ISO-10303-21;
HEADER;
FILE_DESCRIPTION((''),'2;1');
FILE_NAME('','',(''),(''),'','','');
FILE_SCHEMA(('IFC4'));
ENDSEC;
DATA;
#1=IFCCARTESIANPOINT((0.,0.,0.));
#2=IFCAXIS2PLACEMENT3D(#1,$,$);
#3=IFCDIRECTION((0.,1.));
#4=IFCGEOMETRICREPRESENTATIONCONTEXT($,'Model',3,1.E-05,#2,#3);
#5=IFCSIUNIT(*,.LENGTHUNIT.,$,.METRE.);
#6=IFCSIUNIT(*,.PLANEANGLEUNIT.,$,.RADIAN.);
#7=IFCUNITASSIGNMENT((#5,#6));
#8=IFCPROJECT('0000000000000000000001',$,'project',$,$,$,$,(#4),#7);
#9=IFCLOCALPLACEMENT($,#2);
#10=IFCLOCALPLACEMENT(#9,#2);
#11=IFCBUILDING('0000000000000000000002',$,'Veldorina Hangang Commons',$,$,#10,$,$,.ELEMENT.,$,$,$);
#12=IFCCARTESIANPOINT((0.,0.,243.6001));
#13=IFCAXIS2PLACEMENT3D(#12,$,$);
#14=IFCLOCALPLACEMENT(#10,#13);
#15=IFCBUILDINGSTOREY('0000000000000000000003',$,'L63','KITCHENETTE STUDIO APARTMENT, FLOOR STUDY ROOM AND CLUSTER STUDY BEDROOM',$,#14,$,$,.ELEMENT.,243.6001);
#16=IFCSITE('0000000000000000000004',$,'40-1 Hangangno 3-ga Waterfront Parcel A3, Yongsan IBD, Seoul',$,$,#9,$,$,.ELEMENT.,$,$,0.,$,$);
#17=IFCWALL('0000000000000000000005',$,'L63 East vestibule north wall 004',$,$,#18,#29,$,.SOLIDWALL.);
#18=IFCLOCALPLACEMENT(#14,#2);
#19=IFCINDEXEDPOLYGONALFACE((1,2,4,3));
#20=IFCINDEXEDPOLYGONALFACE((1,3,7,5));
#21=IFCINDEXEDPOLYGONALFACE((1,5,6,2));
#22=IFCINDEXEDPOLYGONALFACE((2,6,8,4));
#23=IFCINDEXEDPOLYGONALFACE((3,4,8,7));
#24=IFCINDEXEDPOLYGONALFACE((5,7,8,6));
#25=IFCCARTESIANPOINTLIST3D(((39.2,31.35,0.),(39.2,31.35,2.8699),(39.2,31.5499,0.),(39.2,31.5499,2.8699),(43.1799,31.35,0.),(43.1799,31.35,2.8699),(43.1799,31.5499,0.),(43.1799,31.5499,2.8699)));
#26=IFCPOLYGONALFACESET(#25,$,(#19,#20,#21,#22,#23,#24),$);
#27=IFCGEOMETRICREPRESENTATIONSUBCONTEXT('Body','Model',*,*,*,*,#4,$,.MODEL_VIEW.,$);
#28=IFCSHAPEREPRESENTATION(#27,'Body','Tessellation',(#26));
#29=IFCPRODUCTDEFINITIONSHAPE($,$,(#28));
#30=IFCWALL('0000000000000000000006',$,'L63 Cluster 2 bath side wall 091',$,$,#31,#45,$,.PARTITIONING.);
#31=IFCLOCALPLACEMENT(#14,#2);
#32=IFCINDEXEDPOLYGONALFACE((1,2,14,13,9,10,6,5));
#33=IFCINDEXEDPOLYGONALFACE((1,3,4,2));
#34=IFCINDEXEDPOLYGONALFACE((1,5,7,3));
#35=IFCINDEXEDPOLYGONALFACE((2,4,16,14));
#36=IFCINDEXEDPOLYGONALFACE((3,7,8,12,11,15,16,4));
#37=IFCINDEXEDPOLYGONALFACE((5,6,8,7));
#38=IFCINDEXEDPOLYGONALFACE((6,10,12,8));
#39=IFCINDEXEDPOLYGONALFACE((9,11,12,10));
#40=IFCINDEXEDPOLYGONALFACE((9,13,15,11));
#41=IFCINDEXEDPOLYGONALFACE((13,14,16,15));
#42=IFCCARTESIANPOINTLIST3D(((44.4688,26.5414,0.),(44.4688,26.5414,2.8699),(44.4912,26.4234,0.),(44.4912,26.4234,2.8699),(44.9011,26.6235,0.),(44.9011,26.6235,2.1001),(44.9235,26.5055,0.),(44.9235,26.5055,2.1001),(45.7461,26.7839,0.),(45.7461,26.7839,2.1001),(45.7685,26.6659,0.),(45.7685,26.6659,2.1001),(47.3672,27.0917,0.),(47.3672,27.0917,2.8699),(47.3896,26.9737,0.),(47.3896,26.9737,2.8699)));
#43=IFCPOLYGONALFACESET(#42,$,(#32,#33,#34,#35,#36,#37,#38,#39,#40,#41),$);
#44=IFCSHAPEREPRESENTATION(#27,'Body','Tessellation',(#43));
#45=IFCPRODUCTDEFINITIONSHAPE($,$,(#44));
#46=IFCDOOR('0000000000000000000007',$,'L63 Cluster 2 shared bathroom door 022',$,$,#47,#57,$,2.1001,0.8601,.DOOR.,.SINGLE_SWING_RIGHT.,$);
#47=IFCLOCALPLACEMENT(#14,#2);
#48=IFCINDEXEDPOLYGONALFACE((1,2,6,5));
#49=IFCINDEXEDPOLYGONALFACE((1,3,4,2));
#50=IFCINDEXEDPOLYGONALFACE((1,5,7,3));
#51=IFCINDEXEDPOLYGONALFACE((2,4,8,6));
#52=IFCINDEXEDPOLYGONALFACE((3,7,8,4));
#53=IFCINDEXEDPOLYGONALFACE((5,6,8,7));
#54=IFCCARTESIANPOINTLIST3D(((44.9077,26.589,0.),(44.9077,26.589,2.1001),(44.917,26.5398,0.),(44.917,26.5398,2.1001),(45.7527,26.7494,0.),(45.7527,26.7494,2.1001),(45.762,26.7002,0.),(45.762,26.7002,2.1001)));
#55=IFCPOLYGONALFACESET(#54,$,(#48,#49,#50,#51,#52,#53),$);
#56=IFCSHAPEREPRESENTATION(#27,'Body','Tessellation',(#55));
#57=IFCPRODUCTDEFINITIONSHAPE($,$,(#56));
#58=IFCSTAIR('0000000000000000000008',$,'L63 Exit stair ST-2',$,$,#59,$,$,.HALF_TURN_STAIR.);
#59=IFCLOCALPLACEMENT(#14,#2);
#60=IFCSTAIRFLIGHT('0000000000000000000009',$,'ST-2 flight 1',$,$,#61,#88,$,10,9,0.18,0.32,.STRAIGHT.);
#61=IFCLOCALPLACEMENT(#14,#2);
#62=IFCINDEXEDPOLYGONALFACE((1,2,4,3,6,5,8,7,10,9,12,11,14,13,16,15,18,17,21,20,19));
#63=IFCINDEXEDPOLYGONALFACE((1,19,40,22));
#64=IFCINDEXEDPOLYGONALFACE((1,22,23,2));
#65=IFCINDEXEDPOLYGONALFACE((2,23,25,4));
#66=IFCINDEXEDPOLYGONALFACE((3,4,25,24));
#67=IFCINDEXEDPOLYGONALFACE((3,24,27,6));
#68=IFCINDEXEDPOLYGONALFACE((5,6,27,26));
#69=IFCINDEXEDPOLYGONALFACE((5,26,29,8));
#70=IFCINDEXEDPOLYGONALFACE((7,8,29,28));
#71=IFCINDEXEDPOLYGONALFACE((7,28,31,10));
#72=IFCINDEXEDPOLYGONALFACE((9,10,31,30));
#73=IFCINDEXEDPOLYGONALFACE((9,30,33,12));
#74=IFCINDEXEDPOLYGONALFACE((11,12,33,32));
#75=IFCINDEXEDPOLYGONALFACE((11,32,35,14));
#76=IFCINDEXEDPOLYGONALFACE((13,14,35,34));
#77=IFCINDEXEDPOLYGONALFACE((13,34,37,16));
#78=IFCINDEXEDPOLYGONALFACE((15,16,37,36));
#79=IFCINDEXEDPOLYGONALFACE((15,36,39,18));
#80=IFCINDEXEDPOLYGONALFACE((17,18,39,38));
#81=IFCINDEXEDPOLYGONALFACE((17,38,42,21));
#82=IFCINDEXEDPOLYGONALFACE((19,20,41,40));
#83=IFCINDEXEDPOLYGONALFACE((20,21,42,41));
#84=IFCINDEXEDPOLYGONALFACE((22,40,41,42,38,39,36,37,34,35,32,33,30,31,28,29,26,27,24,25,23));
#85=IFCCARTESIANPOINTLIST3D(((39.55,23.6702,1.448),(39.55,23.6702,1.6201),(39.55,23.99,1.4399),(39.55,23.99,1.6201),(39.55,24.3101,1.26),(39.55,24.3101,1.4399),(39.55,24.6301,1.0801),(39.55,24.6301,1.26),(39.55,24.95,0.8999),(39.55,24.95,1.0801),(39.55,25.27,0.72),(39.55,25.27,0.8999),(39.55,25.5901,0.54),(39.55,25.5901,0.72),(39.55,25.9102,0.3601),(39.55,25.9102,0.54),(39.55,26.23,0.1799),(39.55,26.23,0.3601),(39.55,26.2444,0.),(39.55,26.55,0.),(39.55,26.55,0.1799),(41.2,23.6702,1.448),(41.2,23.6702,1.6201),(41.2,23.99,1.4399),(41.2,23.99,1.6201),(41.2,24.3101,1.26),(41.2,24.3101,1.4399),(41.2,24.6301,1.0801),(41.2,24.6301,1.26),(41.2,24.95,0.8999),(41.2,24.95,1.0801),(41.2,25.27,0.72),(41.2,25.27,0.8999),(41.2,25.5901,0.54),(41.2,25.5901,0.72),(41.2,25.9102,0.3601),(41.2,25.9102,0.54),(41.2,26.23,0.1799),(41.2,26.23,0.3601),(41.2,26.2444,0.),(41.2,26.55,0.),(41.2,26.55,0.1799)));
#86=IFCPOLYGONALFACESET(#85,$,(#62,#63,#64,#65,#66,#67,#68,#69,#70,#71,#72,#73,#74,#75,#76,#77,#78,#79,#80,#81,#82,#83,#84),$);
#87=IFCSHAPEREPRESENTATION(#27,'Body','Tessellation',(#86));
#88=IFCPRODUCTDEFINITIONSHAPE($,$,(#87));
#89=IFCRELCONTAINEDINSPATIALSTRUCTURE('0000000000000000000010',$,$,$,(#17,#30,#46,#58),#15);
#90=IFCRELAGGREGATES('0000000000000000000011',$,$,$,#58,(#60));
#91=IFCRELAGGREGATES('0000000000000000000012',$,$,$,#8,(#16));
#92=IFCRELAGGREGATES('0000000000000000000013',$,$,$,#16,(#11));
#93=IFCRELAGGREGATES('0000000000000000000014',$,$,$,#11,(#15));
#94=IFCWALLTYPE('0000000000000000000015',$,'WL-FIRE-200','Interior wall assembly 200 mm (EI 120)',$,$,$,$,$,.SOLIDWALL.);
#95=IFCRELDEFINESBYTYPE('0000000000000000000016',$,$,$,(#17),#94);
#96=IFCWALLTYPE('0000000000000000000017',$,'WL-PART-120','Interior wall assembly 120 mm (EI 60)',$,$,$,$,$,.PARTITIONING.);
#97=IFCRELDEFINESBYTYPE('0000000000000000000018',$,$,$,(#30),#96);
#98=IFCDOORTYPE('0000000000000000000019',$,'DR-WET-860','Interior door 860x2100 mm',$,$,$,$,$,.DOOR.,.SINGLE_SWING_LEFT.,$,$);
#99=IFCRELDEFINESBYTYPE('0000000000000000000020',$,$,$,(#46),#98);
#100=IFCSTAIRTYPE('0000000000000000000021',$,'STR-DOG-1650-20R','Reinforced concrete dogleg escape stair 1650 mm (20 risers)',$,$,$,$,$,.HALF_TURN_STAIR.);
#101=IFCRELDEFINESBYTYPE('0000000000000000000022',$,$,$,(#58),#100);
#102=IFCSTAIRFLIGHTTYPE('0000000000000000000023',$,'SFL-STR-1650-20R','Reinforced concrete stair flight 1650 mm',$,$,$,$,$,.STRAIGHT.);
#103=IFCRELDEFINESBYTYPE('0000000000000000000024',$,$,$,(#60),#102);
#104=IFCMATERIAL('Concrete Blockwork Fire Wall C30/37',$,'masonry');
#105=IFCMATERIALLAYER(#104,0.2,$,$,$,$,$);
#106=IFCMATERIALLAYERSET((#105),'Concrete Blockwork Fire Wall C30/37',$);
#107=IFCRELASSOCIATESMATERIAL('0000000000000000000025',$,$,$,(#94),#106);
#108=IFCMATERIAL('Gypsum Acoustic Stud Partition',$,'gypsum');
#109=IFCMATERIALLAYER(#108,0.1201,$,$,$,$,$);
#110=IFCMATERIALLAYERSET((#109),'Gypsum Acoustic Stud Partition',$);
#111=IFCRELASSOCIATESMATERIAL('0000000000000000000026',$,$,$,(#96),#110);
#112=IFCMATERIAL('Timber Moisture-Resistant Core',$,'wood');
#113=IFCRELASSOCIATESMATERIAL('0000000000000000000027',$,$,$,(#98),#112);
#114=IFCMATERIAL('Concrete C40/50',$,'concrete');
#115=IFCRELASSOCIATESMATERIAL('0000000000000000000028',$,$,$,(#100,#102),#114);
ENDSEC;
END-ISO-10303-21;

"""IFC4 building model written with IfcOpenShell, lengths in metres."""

from ifc_helpers import new_model, si_unit, direction, frame, frame_2d, origin, place, context, subcontext, project, spatial, polyline, rectangle, outline, extrude, material, layer, layer_set, type_object, element, fill, aggregate, save


model = new_model("IFC4")

# Units and contexts
model_context = context("Model", 3, precision=1e-05, world=origin(), true_north=direction((0.0, 1.0)))
body_context = subcontext(model_context, "Body", "Model", "MODEL_VIEW")
ifc_project = project(units=[si_unit("LENGTHUNIT", "METRE"), si_unit("PLANEANGLEUNIT", "RADIAN")], contexts=[model_context])

# Site, building, storey
site_placement = place(None, origin())
site = spatial("IfcSite", under=ifc_project, at=site_placement, Name="40-1 Hangangno 3-ga Waterfront Parcel A3, Yongsan IBD, Seoul", CompositionType="ELEMENT", RefElevation=0.0)
building_placement = place(site_placement, origin())
building = spatial("IfcBuilding", under=site, at=building_placement, Name="Veldorina Hangang Commons", CompositionType="ELEMENT")
storey_placement = place(building_placement, frame((0.0, 0.0, 243.6001)))
storey = spatial("IfcBuildingStorey", under=building, at=storey_placement, Name="L63", Description="KITCHENETTE STUDIO APARTMENT, FLOOR STUDY ROOM AND CLUSTER STUDY BEDROOM", CompositionType="ELEMENT", Elevation=243.6001)

# Shared definitions
ifc_material_1 = material(Name="Concrete Blockwork Fire Wall C30/37", Category="masonry")
ifc_layer_1 = layer(ifc_material_1, 0.2)
ifc_layer_set_1 = layer_set([ifc_layer_1], Name="Concrete Blockwork Fire Wall C30/37")
wall_type_1 = type_object("IfcWallType", Name="WL-FIRE-200", Description="Interior wall assembly 200 mm (EI 120)", PredefinedType="SOLIDWALL", material=ifc_layer_set_1)

# Wall
wall_1_placement = place(storey_placement, frame((39.2, 31.45, 0.0), z_axis=(0.0, 0.0, 1.0), x_axis=(1.0, 0.0, 0.0)))
element("IfcWall", 1, at=wall_1_placement, inside=storey, type_object=wall_type_1, Name="L63 East vestibule north wall 004", PredefinedType="SOLIDWALL", context=body_context, shape_type="SweptSolid", body=[
    extrude(rectangle(XDim=3.98, YDim=0.2, at=frame_2d((1.99, 0.0))), origin(), (0.0, 0.0, 1.0), 2.8699),
])

# Wall, opening, door
ifc_material_2 = material(Name="Gypsum Acoustic Stud Partition", Category="gypsum")
ifc_layer_2 = layer(ifc_material_2, 0.1201)
ifc_layer_set_2 = layer_set([ifc_layer_2], Name="Gypsum Acoustic Stud Partition")
wall_type_2 = type_object("IfcWallType", Name="WL-PART-120", Description="Interior wall assembly 120 mm (EI 60)", PredefinedType="PARTITIONING", material=ifc_layer_set_2)
wall_2_placement = place(storey_placement, frame((44.48, 26.4824, 0.0), z_axis=(0.0, 0.0, 1.0), x_axis=(0.98245, 0.186526, 0.0)))
wall_2 = element("IfcWall", 2, at=wall_2_placement, inside=storey, type_object=wall_type_2, Name="L63 Cluster 2 bath side wall 091", PredefinedType="PARTITIONING", context=body_context, shape_type="SweptSolid", body=[
    extrude(rectangle(XDim=2.9502, YDim=0.1201, at=frame_2d((1.4751, 0.0))), origin(), (0.0, 0.0, 1.0), 2.8699),
])
opening_1_placement = place(wall_2_placement, frame((0.4399, 0.0, 0.0)))
opening_1 = element("IfcOpeningElement", 3, at=opening_1_placement, cuts=wall_2, PredefinedType="OPENING", context=body_context, shape_type="SweptSolid", body=[
    extrude(rectangle(XDim=0.8601, YDim=2.1001, at=frame_2d((0.4302, 1.05))), frame((0.0, 0.0701, 0.0), z_axis=(0.0, -1.0, 0.0), x_axis=(1.0, 0.0, 0.0)), (0.0, 0.0, 1.0), 0.1401),
])
ifc_material_3 = material(Name="Timber Moisture-Resistant Core", Category="wood")
door_type_1 = type_object("IfcDoorType", Name="DR-WET-860", Description="Interior door 860x2100 mm", OperationType="SINGLE_SWING_LEFT", PredefinedType="DOOR", material=ifc_material_3)
door_1_placement = place(opening_1_placement, origin())
door_1 = element("IfcDoor", 4, at=door_1_placement, inside=storey, type_object=door_type_1, Name="L63 Cluster 2 shared bathroom door 022", OperationType="SINGLE_SWING_RIGHT", OverallHeight=2.1001, OverallWidth=0.8601, PredefinedType="DOOR", context=body_context, shape_type="SweptSolid", body=[
    extrude(rectangle(XDim=0.8601, YDim=2.1001, at=frame_2d((0.4302, 1.05))), frame((0.0, 0.0249, 0.0), z_axis=(0.0, -1.0, 0.0), x_axis=(1.0, 0.0, 0.0)), (0.0, 0.0, 1.0), 0.05),
])
fill(opening_1, door_1)

# Stair, stair flight
ifc_material_4 = material(Name="Concrete C40/50", Category="concrete")
stair_type = type_object("IfcStairType", Name="STR-DOG-1650-20R", Description="Reinforced concrete dogleg escape stair 1650 mm (20 risers)", PredefinedType="HALF_TURN_STAIR", material=ifc_material_4)
stair_placement = place(storey_placement, origin())
stair = element("IfcStair", 5, at=stair_placement, inside=storey, type_object=stair_type, Name="L63 Exit stair ST-2", PredefinedType="HALF_TURN_STAIR")
stair_flight_type = type_object("IfcStairFlightType", Name="SFL-STR-1650-20R", Description="Reinforced concrete stair flight 1650 mm", PredefinedType="STRAIGHT", material=ifc_material_4)
stair_flight_placement = place(storey_placement, frame((40.375, 26.55, 0.0), z_axis=(0.0, 0.0, 1.0), x_axis=(0.0, -1.0, 0.0)))
stair_flight = element("IfcStairFlight", 6, at=stair_flight_placement, type_object=stair_flight_type, Name="ST-2 flight 1", NumberOfRisers=10, NumberOfTreads=9, PredefinedType="STRAIGHT", RiserHeight=0.18, TreadLength=0.32, context=body_context, shape_type="SweptSolid", body=[
    extrude(outline(polyline([(0.0, 0.0), (0.0, 0.1799), (0.3201, 0.1799), (0.3201, 0.3601), (0.6399, 0.3601), (0.6399, 0.54), (0.96, 0.54), (0.96, 0.72), (1.28, 0.72), (1.28, 0.8999), (1.6001, 0.8999), (1.6001, 1.0801), (1.9199, 1.0801), (1.9199, 1.26), (2.24, 1.26), (2.24, 1.4399), (2.5601, 1.4399), (2.5601, 1.6201), (2.8799, 1.6201), (2.8799, 1.8), (2.8799, 1.448), (0.3057, 0.0), (0.0, 0.0)])), frame((0.0, 0.825, 0.0), z_axis=(0.0, -1.0, 0.0), x_axis=(1.0, 0.0, 0.0)), (0.0, 0.0, 1.0), 1.6499),
])
aggregate(stair, [stair_flight])

save(model, "model.ifc")
